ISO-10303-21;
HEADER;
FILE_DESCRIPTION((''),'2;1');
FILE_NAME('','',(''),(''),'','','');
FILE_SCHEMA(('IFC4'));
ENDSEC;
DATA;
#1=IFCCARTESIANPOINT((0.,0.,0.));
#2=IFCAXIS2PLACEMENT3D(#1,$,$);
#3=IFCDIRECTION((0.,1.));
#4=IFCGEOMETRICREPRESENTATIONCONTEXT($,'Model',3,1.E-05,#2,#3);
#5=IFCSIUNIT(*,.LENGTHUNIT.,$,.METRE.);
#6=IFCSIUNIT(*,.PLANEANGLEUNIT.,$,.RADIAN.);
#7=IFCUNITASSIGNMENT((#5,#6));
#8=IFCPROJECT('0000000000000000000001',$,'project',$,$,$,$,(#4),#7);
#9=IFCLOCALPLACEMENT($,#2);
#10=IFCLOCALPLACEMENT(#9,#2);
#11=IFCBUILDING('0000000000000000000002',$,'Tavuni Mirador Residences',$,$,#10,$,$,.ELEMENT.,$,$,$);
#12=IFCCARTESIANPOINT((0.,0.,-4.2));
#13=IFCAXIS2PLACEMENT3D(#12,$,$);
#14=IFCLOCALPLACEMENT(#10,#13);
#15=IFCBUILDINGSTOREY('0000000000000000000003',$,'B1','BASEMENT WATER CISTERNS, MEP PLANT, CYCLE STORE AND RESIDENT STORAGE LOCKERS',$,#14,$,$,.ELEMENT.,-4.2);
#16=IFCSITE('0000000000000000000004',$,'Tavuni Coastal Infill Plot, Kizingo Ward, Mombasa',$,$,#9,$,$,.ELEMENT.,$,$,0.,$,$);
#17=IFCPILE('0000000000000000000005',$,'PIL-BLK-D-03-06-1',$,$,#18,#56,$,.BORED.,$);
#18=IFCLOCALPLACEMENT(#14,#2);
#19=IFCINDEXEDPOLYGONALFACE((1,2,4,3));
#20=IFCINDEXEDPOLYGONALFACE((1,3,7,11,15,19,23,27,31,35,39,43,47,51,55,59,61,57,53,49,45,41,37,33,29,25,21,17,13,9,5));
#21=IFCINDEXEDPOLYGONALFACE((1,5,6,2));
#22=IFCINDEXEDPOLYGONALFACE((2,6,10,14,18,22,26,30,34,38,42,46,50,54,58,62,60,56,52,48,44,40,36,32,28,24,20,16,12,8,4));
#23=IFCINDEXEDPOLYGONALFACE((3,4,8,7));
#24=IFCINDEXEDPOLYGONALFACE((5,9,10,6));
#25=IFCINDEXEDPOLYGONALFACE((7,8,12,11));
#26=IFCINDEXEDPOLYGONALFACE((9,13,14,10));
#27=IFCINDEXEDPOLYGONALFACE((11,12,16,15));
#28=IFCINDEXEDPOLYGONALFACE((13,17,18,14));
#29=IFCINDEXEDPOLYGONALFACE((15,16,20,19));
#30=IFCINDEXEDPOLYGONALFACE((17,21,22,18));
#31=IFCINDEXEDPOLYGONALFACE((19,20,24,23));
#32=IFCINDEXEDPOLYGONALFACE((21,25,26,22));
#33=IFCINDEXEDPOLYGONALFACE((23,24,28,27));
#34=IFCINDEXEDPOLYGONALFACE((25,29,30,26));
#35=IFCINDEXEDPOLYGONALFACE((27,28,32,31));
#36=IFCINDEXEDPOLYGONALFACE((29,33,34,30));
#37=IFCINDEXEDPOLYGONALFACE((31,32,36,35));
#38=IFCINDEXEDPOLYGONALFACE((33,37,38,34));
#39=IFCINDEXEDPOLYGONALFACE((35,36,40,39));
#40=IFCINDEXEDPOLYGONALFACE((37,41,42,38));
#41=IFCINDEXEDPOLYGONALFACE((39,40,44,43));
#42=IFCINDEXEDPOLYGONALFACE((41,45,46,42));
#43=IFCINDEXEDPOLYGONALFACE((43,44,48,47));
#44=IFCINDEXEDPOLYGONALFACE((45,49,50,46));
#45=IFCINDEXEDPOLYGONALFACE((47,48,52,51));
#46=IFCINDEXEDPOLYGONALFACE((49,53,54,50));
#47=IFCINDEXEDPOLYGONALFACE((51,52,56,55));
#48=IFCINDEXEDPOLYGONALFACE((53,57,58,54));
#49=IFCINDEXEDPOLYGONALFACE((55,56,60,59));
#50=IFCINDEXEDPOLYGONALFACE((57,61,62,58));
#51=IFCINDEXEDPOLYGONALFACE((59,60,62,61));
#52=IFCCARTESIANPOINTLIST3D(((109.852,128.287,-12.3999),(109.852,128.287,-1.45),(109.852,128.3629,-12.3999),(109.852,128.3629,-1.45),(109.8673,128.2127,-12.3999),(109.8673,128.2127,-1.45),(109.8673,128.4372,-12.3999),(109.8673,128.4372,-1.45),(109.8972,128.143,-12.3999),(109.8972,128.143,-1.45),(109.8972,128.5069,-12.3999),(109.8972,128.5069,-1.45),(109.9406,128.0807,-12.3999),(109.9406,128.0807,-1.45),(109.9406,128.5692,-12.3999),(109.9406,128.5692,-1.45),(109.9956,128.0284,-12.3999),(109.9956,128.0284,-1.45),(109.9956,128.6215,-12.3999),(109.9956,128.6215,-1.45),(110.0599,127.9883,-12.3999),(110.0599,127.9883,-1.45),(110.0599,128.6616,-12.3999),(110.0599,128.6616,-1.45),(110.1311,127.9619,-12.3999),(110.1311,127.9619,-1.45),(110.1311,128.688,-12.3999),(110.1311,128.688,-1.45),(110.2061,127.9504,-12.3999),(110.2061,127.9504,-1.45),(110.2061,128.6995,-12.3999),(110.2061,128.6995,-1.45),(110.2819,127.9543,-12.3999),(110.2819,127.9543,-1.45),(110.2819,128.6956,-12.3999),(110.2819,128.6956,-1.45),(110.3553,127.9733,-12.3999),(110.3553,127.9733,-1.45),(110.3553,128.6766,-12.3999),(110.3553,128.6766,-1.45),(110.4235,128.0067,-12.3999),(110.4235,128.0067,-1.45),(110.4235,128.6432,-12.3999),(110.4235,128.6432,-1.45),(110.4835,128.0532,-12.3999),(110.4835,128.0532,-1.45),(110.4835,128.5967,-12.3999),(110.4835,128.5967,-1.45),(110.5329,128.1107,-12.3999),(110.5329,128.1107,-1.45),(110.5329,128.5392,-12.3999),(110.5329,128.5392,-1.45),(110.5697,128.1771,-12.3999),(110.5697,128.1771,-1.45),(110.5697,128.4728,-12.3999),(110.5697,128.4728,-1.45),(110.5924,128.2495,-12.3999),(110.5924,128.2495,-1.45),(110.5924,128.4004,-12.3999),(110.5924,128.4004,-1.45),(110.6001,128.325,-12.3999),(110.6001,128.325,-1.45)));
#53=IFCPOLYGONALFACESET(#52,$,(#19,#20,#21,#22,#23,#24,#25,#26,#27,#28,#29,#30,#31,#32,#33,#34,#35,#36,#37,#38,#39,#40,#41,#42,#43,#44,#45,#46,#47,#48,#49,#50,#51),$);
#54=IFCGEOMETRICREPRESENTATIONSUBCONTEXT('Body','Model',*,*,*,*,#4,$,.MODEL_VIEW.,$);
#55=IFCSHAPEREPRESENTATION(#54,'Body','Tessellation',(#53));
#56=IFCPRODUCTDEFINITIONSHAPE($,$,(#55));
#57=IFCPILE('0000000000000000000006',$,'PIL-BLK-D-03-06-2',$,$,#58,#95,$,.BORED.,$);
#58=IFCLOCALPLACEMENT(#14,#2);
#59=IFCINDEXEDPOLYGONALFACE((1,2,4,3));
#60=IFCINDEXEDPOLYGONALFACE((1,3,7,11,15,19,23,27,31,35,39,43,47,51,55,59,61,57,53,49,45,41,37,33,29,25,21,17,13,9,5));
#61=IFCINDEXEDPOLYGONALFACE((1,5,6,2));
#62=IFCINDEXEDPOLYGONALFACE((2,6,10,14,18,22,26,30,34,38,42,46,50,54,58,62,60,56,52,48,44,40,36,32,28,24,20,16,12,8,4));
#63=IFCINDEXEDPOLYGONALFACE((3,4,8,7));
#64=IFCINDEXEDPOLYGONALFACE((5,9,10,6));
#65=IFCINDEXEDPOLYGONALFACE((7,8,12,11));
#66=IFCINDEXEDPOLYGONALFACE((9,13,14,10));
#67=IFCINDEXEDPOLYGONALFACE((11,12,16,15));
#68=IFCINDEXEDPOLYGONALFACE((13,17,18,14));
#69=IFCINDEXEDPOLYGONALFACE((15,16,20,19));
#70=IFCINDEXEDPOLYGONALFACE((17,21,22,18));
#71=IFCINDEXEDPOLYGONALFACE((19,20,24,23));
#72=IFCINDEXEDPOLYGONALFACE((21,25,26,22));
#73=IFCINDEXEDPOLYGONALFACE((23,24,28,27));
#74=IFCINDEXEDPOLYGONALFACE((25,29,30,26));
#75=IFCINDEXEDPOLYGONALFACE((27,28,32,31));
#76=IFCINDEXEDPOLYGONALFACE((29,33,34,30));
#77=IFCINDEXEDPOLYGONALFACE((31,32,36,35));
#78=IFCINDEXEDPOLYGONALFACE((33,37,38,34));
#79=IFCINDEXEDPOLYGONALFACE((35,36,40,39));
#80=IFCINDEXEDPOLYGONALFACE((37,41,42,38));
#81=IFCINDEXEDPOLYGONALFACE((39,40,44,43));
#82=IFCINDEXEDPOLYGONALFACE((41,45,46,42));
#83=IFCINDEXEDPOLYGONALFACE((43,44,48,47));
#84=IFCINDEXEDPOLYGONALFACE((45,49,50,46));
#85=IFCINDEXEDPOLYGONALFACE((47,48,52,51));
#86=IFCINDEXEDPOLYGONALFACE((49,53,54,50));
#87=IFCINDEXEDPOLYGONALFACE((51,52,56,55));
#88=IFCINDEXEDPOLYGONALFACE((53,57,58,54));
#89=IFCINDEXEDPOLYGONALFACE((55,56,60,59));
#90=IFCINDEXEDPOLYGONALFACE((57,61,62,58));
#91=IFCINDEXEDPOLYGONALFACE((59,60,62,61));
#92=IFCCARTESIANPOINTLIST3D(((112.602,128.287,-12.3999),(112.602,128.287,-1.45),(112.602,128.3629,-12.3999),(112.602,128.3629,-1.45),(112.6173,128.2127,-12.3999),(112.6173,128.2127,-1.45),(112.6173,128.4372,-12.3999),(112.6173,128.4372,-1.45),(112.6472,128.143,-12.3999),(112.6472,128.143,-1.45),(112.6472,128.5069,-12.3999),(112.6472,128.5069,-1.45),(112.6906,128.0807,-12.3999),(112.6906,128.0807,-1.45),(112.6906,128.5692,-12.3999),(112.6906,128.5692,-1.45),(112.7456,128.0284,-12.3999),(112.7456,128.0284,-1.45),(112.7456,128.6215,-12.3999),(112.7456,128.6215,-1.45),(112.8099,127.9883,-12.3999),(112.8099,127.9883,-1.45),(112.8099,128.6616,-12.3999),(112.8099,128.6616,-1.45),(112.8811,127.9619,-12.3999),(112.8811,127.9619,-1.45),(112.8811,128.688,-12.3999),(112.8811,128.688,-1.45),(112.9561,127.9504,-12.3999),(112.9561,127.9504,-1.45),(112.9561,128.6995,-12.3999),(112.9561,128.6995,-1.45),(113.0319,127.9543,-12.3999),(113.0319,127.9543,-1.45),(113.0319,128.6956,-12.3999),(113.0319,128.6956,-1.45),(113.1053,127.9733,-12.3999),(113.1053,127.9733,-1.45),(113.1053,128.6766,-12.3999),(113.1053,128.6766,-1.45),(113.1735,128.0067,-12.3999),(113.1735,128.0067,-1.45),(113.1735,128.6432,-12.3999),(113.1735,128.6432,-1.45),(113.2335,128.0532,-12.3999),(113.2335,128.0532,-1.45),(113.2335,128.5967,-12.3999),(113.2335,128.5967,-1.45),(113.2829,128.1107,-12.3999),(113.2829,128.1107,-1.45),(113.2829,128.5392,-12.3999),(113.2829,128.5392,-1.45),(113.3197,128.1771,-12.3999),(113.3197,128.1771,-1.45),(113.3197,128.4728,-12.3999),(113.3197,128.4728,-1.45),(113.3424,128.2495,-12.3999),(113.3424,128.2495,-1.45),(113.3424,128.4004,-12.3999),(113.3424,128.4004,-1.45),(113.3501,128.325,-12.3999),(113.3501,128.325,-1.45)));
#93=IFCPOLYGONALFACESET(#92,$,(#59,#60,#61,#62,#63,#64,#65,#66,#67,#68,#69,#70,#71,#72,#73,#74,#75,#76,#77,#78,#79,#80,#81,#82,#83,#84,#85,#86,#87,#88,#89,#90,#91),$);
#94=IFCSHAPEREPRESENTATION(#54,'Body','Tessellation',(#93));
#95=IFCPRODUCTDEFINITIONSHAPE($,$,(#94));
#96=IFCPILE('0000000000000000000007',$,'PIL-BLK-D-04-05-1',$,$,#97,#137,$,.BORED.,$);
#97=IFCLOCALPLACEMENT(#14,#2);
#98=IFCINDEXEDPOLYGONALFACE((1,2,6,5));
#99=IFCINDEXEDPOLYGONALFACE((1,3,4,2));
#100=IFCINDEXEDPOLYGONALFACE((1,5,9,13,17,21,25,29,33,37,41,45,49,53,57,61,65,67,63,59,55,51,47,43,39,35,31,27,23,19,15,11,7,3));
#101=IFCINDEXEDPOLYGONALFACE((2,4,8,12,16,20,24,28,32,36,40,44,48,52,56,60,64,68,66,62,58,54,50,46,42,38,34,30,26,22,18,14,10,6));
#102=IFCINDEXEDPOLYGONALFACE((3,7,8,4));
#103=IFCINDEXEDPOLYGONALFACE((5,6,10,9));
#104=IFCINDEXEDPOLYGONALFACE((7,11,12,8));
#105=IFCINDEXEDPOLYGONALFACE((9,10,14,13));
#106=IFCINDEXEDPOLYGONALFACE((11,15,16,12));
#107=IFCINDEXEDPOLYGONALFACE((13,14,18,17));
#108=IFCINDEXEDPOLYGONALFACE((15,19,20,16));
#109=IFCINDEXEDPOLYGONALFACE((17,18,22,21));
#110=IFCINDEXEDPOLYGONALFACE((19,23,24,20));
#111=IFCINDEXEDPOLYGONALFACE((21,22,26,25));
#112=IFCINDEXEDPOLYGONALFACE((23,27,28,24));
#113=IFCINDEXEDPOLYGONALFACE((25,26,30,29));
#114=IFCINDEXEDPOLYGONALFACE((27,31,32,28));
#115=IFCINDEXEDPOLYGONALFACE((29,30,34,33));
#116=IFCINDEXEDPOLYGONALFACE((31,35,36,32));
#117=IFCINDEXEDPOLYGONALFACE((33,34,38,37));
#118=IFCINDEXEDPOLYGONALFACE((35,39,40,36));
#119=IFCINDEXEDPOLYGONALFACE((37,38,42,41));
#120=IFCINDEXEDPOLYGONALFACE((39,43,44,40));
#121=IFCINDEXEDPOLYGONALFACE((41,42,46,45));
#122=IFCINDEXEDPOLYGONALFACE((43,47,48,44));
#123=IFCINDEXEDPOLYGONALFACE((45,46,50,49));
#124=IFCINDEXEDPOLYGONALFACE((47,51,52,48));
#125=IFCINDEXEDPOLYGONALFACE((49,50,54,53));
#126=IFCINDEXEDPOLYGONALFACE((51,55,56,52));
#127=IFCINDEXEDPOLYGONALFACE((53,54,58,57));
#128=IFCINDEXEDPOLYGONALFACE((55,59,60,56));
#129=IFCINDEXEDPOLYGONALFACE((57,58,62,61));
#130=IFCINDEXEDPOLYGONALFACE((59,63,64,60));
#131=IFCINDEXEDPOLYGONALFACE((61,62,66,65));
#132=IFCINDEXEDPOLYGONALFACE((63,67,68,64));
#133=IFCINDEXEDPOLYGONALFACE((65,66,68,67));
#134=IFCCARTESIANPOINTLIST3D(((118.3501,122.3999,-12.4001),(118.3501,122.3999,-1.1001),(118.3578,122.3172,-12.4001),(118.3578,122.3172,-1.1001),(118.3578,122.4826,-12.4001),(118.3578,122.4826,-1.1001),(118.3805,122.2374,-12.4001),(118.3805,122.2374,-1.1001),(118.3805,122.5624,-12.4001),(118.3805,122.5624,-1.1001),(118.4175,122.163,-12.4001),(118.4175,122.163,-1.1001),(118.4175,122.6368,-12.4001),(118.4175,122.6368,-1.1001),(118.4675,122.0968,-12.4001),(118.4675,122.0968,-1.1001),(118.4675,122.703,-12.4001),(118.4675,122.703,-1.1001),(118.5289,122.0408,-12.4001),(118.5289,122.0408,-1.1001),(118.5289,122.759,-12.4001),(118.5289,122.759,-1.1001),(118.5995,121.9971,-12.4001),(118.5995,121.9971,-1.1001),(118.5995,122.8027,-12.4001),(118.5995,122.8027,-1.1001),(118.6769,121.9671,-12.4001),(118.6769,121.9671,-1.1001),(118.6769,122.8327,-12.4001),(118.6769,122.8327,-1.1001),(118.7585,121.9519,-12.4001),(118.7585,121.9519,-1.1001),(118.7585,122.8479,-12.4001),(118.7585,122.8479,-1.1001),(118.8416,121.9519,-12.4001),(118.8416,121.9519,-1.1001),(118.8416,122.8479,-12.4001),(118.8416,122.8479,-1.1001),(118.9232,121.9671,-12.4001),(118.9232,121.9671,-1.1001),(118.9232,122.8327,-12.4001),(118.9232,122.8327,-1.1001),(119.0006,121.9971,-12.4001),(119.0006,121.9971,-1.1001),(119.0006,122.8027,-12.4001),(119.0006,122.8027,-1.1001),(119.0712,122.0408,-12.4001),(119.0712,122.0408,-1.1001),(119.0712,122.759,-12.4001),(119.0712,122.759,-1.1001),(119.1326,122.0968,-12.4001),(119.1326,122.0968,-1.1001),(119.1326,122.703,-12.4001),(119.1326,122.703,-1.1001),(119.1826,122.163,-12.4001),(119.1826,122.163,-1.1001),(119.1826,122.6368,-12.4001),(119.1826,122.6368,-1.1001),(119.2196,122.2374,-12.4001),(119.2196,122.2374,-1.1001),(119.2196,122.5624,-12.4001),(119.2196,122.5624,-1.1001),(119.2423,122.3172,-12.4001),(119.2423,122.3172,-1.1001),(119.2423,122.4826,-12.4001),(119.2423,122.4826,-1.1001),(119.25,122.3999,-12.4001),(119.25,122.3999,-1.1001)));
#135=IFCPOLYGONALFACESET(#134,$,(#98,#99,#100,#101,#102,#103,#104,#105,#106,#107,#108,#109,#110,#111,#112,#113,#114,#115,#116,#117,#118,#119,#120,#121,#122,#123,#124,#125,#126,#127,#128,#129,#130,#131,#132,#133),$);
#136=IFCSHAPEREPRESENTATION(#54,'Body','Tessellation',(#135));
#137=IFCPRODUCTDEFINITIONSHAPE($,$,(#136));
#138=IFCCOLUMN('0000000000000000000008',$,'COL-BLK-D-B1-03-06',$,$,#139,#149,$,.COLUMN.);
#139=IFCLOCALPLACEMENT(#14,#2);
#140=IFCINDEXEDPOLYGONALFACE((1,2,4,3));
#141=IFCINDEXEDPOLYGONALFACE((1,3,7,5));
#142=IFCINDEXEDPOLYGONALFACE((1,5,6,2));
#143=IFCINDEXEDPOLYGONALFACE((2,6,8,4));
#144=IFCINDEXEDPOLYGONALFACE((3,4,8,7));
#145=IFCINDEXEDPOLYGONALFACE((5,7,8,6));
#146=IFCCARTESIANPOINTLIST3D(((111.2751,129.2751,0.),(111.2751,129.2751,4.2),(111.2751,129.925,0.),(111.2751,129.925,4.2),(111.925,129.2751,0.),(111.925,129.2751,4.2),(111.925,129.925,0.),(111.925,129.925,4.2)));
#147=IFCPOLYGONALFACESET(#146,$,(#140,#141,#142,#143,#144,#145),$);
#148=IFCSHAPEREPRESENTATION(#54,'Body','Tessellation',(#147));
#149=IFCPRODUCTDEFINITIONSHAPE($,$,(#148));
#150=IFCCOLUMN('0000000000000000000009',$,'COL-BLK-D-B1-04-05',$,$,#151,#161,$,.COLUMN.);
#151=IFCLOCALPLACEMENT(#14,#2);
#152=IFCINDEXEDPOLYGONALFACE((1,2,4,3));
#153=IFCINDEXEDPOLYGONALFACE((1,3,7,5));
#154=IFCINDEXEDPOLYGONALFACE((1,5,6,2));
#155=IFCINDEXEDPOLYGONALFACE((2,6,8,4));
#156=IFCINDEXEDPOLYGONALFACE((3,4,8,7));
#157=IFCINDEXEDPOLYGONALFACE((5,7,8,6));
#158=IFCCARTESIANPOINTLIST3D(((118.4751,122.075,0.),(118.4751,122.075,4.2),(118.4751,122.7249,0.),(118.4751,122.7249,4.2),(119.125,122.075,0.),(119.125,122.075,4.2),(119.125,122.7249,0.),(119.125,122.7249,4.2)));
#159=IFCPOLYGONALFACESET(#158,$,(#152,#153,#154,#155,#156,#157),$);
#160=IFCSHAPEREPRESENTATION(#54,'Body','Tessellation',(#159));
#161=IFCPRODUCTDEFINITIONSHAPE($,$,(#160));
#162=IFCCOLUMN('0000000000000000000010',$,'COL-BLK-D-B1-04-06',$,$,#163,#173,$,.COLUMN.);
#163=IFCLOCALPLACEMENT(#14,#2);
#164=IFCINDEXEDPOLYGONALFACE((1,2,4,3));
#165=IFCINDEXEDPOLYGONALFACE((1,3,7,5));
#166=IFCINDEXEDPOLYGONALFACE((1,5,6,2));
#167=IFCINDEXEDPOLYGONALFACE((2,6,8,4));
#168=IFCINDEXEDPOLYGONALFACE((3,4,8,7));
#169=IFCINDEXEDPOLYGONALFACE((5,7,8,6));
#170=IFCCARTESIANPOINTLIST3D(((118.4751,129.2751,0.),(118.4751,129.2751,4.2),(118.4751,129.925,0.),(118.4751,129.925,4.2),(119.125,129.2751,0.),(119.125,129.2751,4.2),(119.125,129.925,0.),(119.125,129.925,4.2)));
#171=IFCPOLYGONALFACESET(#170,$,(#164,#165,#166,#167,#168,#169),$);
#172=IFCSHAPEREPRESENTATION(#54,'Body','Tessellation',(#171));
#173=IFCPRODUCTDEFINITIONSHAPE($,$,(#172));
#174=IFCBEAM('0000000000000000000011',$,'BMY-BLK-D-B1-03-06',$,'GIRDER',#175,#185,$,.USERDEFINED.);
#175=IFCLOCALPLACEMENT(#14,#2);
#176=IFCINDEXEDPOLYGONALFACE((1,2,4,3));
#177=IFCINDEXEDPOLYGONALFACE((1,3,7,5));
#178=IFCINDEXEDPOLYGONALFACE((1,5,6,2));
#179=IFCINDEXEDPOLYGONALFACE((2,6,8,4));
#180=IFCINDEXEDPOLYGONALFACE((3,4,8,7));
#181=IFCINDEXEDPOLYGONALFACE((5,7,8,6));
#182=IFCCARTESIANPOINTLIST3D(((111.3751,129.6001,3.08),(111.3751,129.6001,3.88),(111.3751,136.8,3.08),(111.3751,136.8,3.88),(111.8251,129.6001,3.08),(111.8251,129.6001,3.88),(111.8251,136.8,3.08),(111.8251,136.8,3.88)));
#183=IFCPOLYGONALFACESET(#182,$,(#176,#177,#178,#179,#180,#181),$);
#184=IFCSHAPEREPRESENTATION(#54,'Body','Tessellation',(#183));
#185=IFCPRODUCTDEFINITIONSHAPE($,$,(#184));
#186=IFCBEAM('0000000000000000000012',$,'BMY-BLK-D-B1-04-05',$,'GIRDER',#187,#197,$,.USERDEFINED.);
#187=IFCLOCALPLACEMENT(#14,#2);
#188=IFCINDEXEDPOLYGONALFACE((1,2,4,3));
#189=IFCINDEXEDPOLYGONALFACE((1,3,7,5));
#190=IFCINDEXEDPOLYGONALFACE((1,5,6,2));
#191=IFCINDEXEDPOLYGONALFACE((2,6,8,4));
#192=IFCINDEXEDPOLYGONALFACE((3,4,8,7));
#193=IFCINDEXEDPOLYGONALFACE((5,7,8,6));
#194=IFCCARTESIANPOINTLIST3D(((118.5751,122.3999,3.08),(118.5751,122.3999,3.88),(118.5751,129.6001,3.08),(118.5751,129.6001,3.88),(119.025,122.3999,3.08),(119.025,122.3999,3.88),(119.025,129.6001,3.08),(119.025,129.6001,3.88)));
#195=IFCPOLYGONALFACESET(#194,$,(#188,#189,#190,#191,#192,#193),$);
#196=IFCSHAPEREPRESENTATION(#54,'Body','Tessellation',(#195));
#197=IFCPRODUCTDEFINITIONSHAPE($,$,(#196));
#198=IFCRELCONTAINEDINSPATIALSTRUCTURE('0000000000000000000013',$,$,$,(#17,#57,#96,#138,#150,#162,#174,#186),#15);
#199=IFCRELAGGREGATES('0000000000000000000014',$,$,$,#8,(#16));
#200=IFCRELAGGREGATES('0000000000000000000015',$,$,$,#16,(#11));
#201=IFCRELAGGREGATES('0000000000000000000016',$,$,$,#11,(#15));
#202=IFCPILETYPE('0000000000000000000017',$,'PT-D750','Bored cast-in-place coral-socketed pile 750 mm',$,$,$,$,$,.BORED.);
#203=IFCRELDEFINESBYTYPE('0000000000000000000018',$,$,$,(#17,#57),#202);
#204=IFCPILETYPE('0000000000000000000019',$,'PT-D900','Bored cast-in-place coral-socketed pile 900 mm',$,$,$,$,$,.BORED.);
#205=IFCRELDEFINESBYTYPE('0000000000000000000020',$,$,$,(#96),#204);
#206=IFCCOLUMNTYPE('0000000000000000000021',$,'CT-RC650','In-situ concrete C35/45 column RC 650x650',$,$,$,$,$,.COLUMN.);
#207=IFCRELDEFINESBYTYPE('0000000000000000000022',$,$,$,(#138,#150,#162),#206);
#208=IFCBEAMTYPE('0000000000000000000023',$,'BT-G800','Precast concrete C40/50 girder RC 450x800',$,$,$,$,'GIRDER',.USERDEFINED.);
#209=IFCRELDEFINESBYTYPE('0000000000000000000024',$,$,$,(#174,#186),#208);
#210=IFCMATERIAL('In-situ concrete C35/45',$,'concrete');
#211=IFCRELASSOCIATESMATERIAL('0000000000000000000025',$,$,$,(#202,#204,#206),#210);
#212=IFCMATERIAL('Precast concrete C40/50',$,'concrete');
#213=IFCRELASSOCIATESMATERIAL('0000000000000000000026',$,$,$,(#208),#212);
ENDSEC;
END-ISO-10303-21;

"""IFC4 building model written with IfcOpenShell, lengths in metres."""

from ifc_helpers import new_model, si_unit, direction, frame, origin, origin_2d, place, context, subcontext, project, spatial, rectangle, circle, extrude, material, material_profile, profile_set, type_object, element, save


model = new_model("IFC4")

# Units and contexts
model_context = context("Model", 3, precision=1e-05, world=origin(), true_north=direction((0.0, 1.0)))
body_context = subcontext(model_context, "Body", "Model", "MODEL_VIEW")
ifc_project = project(units=[si_unit("LENGTHUNIT", "METRE"), si_unit("PLANEANGLEUNIT", "RADIAN")], contexts=[model_context])

# Site, building, storey
site_placement = place(None, origin())
site = spatial("IfcSite", under=ifc_project, at=site_placement, Name="Tavuni Coastal Infill Plot, Kizingo Ward, Mombasa", CompositionType="ELEMENT", RefElevation=0.0)
building_placement = place(site_placement, origin())
building = spatial("IfcBuilding", under=site, at=building_placement, Name="Tavuni Mirador Residences", CompositionType="ELEMENT")
storey_placement = place(building_placement, frame((0.0, 0.0, -4.2)))
storey = spatial("IfcBuildingStorey", under=building, at=storey_placement, Name="B1", Description="BASEMENT WATER CISTERNS, MEP PLANT, CYCLE STORE AND RESIDENT STORAGE LOCKERS", CompositionType="ELEMENT", Elevation=-4.2)

# Shared definitions
ifc_material_1 = material(Name="In-situ concrete C35/45", Category="concrete")

# Piles
ifc_material_profile_1 = material_profile(ifc_material_1, circle(Radius=0.375, at=origin_2d()), Name="PILE D750", Category="concrete")
ifc_profile_set_1 = profile_set([ifc_material_profile_1], Name="In-situ concrete C35/45")
pile_type_1 = type_object("IfcPileType", Name="PT-D750", Description="Bored cast-in-place coral-socketed pile 750 mm", PredefinedType="BORED", material=ifc_profile_set_1)
for number, where, z_axis, x_axis, name in (
    (1, (110.2251, 128.325, -1.45), (0.0, 0.0, -1.0), (1.0, 0.0, 0.0), "PIL-BLK-D-03-06-1"),
    (2, (112.9751, 128.325, -1.45), (0.0, 0.0, -1.0), (1.0, 0.0, 0.0), "PIL-BLK-D-03-06-2"),
):
    element("IfcPile", number, at=place(storey_placement, frame(where, z_axis=z_axis, x_axis=x_axis)), inside=storey, type_object=pile_type_1, Name=name, PredefinedType="BORED", context=body_context, shape_type="SweptSolid", body=[
        extrude(circle(Radius=0.375, at=origin_2d()), origin(), (0.0, 0.0, 1.0), 10.95),
    ])
ifc_material_profile_2 = material_profile(ifc_material_1, circle(Radius=0.45, at=origin_2d()), Name="PILE D900", Category="concrete")
ifc_profile_set_2 = profile_set([ifc_material_profile_2], Name="In-situ concrete C35/45")
pile_type_2 = type_object("IfcPileType", Name="PT-D900", Description="Bored cast-in-place coral-socketed pile 900 mm", PredefinedType="BORED", material=ifc_profile_set_2)
pile_placement = place(storey_placement, frame((118.8, 122.3999, -1.1001), z_axis=(0.0, 0.0, -1.0), x_axis=(1.0, 0.0, 0.0)))
element("IfcPile", 3, at=pile_placement, inside=storey, type_object=pile_type_2, Name="PIL-BLK-D-04-05-1", PredefinedType="BORED", context=body_context, shape_type="SweptSolid", body=[
    extrude(circle(Radius=0.45, at=origin_2d()), origin(), (0.0, 0.0, 1.0), 11.3),
])

# Columns
ifc_material_profile_3 = material_profile(ifc_material_1, rectangle(XDim=0.6499, YDim=0.6499, at=origin_2d()), Name="RC 650x650", Category="concrete")
ifc_profile_set_3 = profile_set([ifc_material_profile_3], Name="In-situ concrete C35/45")
column_type = type_object("IfcColumnType", Name="CT-RC650", Description="In-situ concrete C35/45 column RC 650x650", PredefinedType="COLUMN", material=ifc_profile_set_3)
for number, where, z_axis, x_axis, name in (
    (4, (111.6001, 129.6001, 0.0), (0.0, 0.0, 1.0), (1.0, 0.0, 0.0), "COL-BLK-D-B1-03-06"),
    (5, (118.8, 122.3999, 0.0), (0.0, 0.0, 1.0), (1.0, 0.0, 0.0), "COL-BLK-D-B1-04-05"),
    (6, (118.8, 129.6001, 0.0), (0.0, 0.0, 1.0), (1.0, 0.0, 0.0), "COL-BLK-D-B1-04-06"),
):
    element("IfcColumn", number, at=place(storey_placement, frame(where, z_axis=z_axis, x_axis=x_axis)), inside=storey, type_object=column_type, Name=name, PredefinedType="COLUMN", context=body_context, shape_type="SweptSolid", body=[
        extrude(rectangle(XDim=0.6499, YDim=0.6499, at=origin_2d()), origin(), (0.0, 0.0, 1.0), 4.2),
    ])

# Beams
ifc_material_2 = material(Name="Precast concrete C40/50", Category="concrete")
ifc_material_profile_4 = material_profile(ifc_material_2, rectangle(XDim=0.45, YDim=0.8, at=origin_2d()), Name="RC 450x800", Category="concrete")
ifc_profile_set_4 = profile_set([ifc_material_profile_4], Name="Precast concrete C40/50")
beam_type_1 = type_object("IfcBeamType", Name="BT-G800", Description="Precast concrete C40/50 girder RC 450x800", ElementType="GIRDER", PredefinedType="USERDEFINED", material=ifc_profile_set_4)
beam_1_placement = place(storey_placement, frame((111.6001, 129.6001, 3.48), z_axis=(0.0, 1.0, 0.0), x_axis=(-1.0, 0.0, 0.0)))
element("IfcBeam", 7, at=beam_1_placement, inside=storey, type_object=beam_type_1, Name="BMY-BLK-D-B1-03-06", ObjectType="GIRDER", PredefinedType="USERDEFINED", context=body_context, shape_type="SweptSolid", body=[
    extrude(rectangle(XDim=0.45, YDim=0.8, at=origin_2d()), origin(), (0.0, 0.0, 1.0), 7.2),
])
beam_2_placement = place(storey_placement, frame((118.8, 122.3999, 3.48), z_axis=(0.0, 1.0, 0.0), x_axis=(-1.0, 0.0, 0.0)))
element("IfcBeam", 8, at=beam_2_placement, inside=storey, type_object=beam_type_1, Name="BMY-BLK-D-B1-04-05", ObjectType="GIRDER", PredefinedType="USERDEFINED", context=body_context, shape_type="SweptSolid", body=[
    extrude(rectangle(XDim=0.45, YDim=0.8, at=origin_2d()), origin(), (0.0, 0.0, 1.0), 7.2002),
])

save(model, "model.ifc")
